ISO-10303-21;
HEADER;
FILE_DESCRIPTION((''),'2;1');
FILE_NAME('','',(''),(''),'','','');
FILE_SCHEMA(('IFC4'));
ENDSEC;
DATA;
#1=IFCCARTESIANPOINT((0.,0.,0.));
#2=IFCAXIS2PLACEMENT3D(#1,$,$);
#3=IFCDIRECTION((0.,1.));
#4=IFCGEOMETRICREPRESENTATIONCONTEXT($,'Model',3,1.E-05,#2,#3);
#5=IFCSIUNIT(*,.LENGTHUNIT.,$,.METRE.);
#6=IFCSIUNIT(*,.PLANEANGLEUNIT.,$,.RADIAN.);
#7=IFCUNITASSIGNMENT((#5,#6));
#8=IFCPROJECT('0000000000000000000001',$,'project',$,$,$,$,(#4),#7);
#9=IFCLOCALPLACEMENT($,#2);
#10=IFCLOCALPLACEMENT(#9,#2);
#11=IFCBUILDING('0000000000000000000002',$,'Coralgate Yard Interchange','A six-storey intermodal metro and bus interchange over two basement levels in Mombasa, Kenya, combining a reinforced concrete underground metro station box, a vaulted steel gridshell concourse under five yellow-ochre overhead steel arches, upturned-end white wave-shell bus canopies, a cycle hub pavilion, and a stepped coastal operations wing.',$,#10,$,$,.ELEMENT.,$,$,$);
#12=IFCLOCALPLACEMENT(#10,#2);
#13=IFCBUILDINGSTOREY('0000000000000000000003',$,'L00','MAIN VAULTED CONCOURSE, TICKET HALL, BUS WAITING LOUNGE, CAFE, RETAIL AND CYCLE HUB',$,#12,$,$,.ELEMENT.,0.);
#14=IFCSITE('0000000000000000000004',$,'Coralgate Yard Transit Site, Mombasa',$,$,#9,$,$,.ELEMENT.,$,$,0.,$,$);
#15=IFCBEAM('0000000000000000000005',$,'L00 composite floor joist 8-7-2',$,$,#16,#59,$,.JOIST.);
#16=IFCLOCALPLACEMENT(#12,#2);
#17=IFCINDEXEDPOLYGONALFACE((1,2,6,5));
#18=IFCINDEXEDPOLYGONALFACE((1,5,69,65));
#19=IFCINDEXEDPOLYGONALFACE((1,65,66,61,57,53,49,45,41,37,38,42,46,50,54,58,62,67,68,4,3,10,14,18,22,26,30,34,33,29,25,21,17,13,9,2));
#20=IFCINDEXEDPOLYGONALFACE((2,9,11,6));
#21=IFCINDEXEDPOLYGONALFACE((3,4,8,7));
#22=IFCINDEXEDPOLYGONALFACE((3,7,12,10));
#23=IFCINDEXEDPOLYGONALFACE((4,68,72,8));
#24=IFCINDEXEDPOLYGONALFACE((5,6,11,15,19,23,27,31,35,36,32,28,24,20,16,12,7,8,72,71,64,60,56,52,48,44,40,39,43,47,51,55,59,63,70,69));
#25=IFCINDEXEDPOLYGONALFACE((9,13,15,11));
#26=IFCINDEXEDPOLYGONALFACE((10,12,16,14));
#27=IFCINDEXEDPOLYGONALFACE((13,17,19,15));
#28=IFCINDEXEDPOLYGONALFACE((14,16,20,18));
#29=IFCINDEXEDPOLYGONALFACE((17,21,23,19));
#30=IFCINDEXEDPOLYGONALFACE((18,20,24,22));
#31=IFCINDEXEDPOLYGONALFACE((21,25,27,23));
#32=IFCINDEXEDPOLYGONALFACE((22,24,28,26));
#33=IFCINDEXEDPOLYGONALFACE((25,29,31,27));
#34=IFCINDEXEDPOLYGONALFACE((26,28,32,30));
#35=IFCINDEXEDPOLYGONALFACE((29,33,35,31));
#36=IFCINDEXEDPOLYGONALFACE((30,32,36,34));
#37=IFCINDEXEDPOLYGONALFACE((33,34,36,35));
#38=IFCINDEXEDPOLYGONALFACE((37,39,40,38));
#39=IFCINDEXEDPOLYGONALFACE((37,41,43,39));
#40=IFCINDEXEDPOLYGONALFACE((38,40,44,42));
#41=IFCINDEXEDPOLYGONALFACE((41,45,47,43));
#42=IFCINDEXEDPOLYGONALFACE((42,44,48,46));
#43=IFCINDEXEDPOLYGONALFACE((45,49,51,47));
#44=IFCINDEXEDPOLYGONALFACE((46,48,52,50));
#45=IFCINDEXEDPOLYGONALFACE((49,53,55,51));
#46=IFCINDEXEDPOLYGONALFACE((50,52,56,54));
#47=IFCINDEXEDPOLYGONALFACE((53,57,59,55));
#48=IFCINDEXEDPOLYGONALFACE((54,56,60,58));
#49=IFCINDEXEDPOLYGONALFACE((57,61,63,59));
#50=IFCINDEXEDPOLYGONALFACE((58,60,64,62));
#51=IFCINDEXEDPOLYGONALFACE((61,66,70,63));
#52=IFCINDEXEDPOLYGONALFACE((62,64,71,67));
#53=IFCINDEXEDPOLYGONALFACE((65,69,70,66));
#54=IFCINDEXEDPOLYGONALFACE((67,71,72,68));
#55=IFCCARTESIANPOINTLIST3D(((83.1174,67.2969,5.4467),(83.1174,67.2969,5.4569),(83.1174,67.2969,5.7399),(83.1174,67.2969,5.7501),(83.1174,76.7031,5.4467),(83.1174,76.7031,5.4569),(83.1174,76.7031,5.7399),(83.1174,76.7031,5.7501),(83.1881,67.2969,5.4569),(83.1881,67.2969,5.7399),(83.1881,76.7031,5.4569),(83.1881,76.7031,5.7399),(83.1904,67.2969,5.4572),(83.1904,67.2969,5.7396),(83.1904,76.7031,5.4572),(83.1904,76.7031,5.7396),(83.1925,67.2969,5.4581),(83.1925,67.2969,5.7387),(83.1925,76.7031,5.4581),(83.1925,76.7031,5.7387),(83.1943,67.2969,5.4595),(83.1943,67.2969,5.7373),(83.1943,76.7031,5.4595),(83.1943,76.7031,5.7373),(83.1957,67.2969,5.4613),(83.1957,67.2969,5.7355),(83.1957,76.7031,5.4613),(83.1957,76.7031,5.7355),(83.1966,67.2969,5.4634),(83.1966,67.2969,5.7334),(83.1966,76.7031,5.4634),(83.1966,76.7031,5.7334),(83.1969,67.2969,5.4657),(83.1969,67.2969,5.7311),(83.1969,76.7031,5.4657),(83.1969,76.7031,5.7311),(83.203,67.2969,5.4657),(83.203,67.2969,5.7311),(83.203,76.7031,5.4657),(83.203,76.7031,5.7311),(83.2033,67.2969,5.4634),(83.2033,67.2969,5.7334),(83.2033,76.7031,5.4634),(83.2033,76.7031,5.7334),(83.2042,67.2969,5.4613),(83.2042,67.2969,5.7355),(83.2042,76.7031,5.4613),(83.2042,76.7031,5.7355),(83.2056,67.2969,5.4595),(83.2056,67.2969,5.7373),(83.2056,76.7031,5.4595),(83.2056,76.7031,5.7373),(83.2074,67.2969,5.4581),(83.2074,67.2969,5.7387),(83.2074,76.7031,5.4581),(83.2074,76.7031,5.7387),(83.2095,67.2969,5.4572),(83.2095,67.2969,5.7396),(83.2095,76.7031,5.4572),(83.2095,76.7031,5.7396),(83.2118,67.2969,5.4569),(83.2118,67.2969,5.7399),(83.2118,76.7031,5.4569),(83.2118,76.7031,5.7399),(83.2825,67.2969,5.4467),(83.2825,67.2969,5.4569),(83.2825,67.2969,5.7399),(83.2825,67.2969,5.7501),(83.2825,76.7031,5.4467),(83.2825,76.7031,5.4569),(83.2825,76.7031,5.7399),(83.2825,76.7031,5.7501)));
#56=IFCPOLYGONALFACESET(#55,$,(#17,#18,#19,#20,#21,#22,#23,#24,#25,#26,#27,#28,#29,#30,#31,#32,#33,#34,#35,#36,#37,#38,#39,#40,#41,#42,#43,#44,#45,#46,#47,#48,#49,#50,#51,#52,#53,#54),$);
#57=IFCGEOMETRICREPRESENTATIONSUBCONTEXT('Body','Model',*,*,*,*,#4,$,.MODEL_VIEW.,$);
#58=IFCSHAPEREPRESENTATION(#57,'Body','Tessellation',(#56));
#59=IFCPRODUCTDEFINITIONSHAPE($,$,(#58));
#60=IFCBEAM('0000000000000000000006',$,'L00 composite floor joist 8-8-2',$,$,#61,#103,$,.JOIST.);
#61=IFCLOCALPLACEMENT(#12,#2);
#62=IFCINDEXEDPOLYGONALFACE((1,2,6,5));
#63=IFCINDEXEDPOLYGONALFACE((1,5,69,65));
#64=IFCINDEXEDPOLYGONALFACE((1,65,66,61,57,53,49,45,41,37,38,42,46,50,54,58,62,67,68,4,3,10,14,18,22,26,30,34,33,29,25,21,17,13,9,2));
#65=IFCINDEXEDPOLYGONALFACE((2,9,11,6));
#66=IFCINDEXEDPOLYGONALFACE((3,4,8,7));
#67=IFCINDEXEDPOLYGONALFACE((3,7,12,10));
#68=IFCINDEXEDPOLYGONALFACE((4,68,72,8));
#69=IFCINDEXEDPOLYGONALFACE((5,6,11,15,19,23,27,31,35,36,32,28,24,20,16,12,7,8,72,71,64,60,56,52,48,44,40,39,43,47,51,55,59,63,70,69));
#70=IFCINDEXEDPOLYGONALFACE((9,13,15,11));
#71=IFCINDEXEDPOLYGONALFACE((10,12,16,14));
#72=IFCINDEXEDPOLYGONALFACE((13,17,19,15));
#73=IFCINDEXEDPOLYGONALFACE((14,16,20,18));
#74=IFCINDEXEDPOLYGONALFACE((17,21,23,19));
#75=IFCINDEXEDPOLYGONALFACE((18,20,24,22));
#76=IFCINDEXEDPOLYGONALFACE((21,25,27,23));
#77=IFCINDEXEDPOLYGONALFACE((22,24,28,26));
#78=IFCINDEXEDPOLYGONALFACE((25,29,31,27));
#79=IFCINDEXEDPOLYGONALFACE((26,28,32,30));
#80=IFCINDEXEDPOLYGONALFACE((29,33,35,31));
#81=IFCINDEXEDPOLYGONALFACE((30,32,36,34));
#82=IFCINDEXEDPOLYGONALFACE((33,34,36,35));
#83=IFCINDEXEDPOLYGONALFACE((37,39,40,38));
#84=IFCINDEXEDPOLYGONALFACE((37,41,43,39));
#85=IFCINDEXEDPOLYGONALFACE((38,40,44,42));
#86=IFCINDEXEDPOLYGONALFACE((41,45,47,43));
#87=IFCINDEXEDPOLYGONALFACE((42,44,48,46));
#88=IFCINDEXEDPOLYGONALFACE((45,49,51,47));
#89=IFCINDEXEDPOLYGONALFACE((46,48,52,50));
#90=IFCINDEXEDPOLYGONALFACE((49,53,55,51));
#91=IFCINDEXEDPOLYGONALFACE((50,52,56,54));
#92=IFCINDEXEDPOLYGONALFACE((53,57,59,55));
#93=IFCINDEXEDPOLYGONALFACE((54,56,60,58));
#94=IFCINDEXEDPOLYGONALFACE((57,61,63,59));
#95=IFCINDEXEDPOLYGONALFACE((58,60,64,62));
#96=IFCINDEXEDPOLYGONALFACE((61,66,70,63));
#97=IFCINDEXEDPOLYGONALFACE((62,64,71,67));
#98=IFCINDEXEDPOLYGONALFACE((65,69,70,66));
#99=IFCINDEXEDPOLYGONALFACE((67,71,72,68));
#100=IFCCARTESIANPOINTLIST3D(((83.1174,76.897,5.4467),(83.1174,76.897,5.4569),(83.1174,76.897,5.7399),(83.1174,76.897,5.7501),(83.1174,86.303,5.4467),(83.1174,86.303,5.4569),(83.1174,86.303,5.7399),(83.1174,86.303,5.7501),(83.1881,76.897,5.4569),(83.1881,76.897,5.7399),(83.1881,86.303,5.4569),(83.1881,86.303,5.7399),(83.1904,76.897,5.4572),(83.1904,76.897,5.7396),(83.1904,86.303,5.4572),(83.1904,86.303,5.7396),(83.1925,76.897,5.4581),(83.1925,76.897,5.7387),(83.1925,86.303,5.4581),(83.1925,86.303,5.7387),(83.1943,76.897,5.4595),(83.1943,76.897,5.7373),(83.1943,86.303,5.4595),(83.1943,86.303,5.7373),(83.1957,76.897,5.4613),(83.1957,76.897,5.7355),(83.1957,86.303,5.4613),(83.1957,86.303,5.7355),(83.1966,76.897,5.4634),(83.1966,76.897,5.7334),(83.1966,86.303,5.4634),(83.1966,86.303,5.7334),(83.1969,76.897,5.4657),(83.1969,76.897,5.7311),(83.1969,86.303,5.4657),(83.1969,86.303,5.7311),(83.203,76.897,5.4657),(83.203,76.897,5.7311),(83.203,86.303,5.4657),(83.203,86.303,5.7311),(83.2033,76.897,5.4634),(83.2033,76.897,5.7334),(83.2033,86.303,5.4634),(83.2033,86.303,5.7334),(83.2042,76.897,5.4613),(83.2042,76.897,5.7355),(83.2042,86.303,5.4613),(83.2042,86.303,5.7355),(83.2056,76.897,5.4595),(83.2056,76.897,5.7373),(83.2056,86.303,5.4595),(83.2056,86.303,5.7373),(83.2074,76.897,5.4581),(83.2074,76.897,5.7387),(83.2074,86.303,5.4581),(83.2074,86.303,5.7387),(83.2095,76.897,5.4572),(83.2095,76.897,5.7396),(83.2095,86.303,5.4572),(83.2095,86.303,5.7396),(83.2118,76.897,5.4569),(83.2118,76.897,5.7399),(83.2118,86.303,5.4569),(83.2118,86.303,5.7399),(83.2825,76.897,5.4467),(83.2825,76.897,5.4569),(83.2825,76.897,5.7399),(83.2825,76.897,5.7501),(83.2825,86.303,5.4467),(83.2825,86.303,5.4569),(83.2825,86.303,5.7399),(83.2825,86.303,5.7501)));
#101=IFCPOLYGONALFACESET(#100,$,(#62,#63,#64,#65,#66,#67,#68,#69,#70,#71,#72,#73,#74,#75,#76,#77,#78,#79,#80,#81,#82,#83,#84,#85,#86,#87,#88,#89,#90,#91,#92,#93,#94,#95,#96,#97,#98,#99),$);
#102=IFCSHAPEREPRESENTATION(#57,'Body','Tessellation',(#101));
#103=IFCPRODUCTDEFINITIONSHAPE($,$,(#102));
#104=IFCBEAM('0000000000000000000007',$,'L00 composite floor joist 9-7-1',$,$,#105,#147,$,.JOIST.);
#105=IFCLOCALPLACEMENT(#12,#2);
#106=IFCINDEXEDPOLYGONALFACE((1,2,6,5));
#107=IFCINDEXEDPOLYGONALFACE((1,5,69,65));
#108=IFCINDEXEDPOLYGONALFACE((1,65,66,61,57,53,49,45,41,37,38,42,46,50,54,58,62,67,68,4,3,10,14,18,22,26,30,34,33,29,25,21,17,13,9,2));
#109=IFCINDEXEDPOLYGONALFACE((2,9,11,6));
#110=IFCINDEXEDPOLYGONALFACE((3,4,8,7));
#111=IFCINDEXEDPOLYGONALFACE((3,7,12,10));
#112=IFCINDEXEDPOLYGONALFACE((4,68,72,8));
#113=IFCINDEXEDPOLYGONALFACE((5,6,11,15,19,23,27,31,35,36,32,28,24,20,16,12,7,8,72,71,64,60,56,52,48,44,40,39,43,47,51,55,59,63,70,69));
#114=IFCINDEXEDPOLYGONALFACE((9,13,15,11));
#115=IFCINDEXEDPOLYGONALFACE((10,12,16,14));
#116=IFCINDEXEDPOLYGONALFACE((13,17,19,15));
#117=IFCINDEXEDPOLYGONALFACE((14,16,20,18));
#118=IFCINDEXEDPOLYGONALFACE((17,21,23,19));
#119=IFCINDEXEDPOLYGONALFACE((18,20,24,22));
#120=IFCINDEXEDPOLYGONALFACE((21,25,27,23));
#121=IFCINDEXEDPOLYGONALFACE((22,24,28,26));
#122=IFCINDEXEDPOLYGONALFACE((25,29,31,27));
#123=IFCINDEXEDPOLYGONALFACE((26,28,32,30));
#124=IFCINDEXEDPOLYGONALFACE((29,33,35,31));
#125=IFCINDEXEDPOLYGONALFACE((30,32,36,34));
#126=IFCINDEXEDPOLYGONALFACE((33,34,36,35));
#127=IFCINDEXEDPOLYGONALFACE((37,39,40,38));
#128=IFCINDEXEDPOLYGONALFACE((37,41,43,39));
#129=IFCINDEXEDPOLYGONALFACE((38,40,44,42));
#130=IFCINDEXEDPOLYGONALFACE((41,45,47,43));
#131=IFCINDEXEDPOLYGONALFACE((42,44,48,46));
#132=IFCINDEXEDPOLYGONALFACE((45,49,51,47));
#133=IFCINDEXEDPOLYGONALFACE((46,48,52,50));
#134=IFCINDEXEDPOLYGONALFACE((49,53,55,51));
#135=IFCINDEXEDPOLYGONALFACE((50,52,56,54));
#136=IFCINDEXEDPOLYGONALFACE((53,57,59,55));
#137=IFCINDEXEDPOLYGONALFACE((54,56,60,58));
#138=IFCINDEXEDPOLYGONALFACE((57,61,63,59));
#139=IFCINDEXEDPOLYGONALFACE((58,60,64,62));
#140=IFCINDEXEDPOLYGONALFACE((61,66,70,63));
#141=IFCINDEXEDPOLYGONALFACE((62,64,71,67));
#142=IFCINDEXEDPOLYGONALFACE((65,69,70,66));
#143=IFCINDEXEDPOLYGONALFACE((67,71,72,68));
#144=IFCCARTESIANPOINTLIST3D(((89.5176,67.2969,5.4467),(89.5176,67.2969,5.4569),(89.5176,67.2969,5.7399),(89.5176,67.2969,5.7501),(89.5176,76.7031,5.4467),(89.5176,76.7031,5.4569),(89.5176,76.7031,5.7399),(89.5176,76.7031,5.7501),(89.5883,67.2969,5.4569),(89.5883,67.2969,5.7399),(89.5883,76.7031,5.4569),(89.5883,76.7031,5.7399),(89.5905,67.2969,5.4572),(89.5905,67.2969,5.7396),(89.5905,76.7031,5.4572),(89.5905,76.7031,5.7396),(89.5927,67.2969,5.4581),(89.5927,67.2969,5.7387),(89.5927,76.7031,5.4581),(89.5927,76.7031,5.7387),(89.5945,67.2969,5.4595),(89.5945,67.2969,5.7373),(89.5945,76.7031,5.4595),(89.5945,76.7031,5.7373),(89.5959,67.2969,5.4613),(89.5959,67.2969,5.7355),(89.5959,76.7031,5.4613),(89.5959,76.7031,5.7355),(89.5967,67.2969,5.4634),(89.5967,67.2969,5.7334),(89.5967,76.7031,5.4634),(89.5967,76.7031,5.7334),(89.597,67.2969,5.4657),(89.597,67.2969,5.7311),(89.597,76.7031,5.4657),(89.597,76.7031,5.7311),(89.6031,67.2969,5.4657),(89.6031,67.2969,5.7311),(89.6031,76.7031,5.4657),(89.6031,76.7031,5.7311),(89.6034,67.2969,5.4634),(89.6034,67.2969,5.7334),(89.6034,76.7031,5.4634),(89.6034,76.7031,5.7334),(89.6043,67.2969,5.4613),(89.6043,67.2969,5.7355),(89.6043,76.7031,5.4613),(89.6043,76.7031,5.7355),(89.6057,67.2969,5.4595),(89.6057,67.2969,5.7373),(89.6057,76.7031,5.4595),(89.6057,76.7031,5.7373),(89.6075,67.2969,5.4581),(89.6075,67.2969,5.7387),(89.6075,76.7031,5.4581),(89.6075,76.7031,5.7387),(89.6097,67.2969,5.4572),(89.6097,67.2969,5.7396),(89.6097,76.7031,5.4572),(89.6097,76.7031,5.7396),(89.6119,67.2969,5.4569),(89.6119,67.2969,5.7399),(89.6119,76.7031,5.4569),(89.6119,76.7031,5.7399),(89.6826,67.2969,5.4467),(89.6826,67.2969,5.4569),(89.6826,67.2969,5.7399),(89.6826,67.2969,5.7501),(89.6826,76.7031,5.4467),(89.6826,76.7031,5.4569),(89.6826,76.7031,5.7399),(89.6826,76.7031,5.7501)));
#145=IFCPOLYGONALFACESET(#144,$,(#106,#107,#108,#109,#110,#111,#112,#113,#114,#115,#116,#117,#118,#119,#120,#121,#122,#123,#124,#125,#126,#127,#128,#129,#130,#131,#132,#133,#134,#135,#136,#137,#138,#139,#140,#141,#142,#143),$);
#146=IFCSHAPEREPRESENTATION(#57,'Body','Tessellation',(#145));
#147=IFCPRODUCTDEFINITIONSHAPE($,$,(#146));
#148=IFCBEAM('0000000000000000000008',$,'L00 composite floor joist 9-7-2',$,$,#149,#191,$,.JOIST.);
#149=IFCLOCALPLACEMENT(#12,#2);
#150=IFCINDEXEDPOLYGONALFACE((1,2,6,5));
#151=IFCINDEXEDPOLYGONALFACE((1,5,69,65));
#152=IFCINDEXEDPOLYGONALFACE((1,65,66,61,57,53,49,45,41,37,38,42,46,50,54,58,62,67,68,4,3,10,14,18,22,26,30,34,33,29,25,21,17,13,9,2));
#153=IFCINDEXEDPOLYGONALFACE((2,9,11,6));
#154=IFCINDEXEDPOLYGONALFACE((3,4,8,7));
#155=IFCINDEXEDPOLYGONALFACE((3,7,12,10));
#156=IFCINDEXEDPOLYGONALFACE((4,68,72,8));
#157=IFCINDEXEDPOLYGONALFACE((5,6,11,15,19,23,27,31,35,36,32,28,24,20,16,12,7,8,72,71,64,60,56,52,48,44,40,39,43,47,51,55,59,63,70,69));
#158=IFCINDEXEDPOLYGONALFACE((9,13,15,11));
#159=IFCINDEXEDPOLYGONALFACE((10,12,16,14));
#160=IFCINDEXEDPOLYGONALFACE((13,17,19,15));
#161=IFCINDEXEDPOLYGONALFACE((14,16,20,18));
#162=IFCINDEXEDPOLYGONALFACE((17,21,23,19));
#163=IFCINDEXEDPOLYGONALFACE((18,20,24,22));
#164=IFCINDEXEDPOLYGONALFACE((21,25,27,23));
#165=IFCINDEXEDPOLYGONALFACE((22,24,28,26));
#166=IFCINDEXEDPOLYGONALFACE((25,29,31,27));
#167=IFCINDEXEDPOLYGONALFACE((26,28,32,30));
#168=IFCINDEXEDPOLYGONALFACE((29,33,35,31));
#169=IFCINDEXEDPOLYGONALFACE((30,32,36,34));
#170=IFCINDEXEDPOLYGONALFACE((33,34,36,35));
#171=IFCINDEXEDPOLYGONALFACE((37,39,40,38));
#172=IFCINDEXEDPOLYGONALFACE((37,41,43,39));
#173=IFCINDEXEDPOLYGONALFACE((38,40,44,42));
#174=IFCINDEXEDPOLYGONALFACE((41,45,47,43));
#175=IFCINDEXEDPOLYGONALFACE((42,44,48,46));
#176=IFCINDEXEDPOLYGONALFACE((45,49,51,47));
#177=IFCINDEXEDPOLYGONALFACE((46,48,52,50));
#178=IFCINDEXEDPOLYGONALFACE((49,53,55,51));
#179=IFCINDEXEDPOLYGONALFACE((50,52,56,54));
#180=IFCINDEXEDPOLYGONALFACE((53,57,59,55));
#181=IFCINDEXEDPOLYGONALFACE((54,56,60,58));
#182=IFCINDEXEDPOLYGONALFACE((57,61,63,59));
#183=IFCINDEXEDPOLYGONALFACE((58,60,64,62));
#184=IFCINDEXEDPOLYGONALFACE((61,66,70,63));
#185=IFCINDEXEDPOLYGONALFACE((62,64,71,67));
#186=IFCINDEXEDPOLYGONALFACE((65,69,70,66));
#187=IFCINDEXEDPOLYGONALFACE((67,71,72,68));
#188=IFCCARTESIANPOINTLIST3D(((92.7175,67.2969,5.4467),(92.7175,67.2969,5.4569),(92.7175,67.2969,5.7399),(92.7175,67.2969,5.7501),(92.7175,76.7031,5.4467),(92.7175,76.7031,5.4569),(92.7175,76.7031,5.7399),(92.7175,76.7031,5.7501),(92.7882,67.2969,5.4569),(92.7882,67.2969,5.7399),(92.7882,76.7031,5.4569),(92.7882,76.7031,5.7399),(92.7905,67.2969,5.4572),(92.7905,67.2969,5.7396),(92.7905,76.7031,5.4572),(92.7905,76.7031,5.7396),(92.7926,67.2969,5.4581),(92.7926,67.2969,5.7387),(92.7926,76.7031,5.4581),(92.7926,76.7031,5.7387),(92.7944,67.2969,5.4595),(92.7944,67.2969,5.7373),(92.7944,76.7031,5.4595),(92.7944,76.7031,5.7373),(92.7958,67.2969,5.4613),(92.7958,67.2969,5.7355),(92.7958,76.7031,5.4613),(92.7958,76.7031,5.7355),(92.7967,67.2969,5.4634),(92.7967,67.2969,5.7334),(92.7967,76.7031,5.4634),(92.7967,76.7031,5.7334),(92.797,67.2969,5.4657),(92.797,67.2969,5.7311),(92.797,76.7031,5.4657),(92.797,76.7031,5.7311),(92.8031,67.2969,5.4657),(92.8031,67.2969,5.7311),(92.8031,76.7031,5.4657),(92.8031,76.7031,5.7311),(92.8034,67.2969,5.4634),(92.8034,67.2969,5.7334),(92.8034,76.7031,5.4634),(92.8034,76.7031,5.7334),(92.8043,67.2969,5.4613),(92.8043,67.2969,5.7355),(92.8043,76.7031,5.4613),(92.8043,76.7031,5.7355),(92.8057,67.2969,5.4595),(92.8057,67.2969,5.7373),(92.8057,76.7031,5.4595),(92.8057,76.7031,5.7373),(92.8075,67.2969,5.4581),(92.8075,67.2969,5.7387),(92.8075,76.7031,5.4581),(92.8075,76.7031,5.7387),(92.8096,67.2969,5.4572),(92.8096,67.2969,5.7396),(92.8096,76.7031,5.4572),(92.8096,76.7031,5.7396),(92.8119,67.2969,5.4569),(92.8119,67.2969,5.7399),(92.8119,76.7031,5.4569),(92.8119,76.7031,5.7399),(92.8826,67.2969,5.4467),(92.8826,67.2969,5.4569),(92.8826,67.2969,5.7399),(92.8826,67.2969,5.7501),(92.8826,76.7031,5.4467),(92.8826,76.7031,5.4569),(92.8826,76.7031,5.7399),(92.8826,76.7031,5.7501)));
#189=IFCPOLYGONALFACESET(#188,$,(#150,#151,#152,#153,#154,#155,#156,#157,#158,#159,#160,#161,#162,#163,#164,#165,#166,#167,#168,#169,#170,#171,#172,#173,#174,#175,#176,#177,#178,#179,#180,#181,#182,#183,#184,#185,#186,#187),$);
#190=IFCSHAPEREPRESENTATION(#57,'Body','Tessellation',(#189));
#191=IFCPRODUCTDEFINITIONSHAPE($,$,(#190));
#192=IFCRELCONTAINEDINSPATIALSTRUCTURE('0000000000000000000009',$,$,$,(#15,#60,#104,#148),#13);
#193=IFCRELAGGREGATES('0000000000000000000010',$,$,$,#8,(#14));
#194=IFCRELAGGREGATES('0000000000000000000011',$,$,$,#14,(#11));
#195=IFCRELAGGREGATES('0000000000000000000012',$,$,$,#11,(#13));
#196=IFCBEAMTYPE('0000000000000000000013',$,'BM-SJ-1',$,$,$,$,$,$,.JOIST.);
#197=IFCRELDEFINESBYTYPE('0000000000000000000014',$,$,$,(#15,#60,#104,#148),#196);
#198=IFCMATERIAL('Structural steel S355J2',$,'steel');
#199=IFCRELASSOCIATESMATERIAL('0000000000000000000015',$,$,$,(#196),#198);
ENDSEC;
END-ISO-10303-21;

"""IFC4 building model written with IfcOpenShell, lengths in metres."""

from ifc_helpers import new_model, si_unit, direction, frame, origin, origin_2d, place, context, subcontext, project, spatial, i_section, extrude, material, material_profile, profile_set, type_object, element, save


model = new_model("IFC4")

# Units and contexts
model_context = context("Model", 3, precision=1e-05, world=origin(), true_north=direction((0.0, 1.0)))
body_context = subcontext(model_context, "Body", "Model", "MODEL_VIEW")
ifc_project = project(units=[si_unit("LENGTHUNIT", "METRE"), si_unit("PLANEANGLEUNIT", "RADIAN")], contexts=[model_context])

# Site, building, storey
site_placement = place(None, origin())
site = spatial("IfcSite", under=ifc_project, at=site_placement, Name="Coralgate Yard Transit Site, Mombasa", CompositionType="ELEMENT", RefElevation=0.0)
building_placement = place(site_placement, origin())
building = spatial("IfcBuilding", under=site, at=building_placement, Name="Coralgate Yard Interchange", Description="A six-storey intermodal metro and bus interchange over two basement levels in Mombasa, Kenya, combining a reinforced concrete underground metro station box, a vaulted steel gridshell concourse under five yellow-ochre overhead steel arches, upturned-end white wave-shell bus canopies, a cycle hub pavilion, and a stepped coastal operations wing.", CompositionType="ELEMENT")
storey_placement = place(building_placement, origin())
storey = spatial("IfcBuildingStorey", under=building, at=storey_placement, Name="L00", Description="MAIN VAULTED CONCOURSE, TICKET HALL, BUS WAITING LOUNGE, CAFE, RETAIL AND CYCLE HUB", CompositionType="ELEMENT", Elevation=0.0)

# Shared definitions
ifc_material_1 = material(Name="Structural steel S355J2", Category="steel")

# Beams
ifc_material_profile_1 = material_profile(ifc_material_1, i_section(OverallWidth=0.165, OverallDepth=0.3035, WebThickness=0.0061, FlangeThickness=0.0103, FilletRadius=0.0088, at=origin_2d()), Name="UB 305x165x40")
ifc_profile_set_1 = profile_set([ifc_material_profile_1], Name="Structural steel S355J2")
beam_type_1 = type_object("IfcBeamType", Name="BM-SJ-1", PredefinedType="JOIST", material=ifc_profile_set_1)
beam_1_placement = place(storey_placement, frame((83.2, 67.2969, 5.5984), z_axis=(0.0, 1.0, 0.0), x_axis=(-1.0, 0.0, 0.0)))
element("IfcBeam", 1, at=beam_1_placement, inside=storey, type_object=beam_type_1, Name="L00 composite floor joist 8-7-2", PredefinedType="JOIST", context=body_context, shape_type="SweptSolid", body=[
    extrude(i_section(OverallWidth=0.165, OverallDepth=0.3035, WebThickness=0.0061, FlangeThickness=0.0103, FilletRadius=0.0088, at=origin_2d()), origin(), (0.0, 0.0, 1.0), 9.4062),
])
beam_2_placement = place(storey_placement, frame((83.2, 76.897, 5.5984), z_axis=(0.0, 1.0, 0.0), x_axis=(-1.0, 0.0, 0.0)))
element("IfcBeam", 2, at=beam_2_placement, inside=storey, type_object=beam_type_1, Name="L00 composite floor joist 8-8-2", PredefinedType="JOIST", context=body_context, shape_type="SweptSolid", body=[
    extrude(i_section(OverallWidth=0.165, OverallDepth=0.3035, WebThickness=0.0061, FlangeThickness=0.0103, FilletRadius=0.0088, at=origin_2d()), origin(), (0.0, 0.0, 1.0), 9.406),
])
for number, where, z_axis, x_axis, name in (
    (3, (89.6001, 67.2969, 5.5984), (0.0, 1.0, 0.0), (-1.0, 0.0, 0.0), "L00 composite floor joist 9-7-1"),
    (4, (92.8, 67.2969, 5.5984), (0.0, 1.0, 0.0), (-1.0, 0.0, 0.0), "L00 composite floor joist 9-7-2"),
):
    element("IfcBeam", number, at=place(storey_placement, frame(where, z_axis=z_axis, x_axis=x_axis)), inside=storey, type_object=beam_type_1, Name=name, PredefinedType="JOIST", context=body_context, shape_type="SweptSolid", body=[
        extrude(i_section(OverallWidth=0.165, OverallDepth=0.3035, WebThickness=0.0061, FlangeThickness=0.0103, FilletRadius=0.0088, at=origin_2d()), origin(), (0.0, 0.0, 1.0), 9.4062),
    ])

save(model, "model.ifc")
